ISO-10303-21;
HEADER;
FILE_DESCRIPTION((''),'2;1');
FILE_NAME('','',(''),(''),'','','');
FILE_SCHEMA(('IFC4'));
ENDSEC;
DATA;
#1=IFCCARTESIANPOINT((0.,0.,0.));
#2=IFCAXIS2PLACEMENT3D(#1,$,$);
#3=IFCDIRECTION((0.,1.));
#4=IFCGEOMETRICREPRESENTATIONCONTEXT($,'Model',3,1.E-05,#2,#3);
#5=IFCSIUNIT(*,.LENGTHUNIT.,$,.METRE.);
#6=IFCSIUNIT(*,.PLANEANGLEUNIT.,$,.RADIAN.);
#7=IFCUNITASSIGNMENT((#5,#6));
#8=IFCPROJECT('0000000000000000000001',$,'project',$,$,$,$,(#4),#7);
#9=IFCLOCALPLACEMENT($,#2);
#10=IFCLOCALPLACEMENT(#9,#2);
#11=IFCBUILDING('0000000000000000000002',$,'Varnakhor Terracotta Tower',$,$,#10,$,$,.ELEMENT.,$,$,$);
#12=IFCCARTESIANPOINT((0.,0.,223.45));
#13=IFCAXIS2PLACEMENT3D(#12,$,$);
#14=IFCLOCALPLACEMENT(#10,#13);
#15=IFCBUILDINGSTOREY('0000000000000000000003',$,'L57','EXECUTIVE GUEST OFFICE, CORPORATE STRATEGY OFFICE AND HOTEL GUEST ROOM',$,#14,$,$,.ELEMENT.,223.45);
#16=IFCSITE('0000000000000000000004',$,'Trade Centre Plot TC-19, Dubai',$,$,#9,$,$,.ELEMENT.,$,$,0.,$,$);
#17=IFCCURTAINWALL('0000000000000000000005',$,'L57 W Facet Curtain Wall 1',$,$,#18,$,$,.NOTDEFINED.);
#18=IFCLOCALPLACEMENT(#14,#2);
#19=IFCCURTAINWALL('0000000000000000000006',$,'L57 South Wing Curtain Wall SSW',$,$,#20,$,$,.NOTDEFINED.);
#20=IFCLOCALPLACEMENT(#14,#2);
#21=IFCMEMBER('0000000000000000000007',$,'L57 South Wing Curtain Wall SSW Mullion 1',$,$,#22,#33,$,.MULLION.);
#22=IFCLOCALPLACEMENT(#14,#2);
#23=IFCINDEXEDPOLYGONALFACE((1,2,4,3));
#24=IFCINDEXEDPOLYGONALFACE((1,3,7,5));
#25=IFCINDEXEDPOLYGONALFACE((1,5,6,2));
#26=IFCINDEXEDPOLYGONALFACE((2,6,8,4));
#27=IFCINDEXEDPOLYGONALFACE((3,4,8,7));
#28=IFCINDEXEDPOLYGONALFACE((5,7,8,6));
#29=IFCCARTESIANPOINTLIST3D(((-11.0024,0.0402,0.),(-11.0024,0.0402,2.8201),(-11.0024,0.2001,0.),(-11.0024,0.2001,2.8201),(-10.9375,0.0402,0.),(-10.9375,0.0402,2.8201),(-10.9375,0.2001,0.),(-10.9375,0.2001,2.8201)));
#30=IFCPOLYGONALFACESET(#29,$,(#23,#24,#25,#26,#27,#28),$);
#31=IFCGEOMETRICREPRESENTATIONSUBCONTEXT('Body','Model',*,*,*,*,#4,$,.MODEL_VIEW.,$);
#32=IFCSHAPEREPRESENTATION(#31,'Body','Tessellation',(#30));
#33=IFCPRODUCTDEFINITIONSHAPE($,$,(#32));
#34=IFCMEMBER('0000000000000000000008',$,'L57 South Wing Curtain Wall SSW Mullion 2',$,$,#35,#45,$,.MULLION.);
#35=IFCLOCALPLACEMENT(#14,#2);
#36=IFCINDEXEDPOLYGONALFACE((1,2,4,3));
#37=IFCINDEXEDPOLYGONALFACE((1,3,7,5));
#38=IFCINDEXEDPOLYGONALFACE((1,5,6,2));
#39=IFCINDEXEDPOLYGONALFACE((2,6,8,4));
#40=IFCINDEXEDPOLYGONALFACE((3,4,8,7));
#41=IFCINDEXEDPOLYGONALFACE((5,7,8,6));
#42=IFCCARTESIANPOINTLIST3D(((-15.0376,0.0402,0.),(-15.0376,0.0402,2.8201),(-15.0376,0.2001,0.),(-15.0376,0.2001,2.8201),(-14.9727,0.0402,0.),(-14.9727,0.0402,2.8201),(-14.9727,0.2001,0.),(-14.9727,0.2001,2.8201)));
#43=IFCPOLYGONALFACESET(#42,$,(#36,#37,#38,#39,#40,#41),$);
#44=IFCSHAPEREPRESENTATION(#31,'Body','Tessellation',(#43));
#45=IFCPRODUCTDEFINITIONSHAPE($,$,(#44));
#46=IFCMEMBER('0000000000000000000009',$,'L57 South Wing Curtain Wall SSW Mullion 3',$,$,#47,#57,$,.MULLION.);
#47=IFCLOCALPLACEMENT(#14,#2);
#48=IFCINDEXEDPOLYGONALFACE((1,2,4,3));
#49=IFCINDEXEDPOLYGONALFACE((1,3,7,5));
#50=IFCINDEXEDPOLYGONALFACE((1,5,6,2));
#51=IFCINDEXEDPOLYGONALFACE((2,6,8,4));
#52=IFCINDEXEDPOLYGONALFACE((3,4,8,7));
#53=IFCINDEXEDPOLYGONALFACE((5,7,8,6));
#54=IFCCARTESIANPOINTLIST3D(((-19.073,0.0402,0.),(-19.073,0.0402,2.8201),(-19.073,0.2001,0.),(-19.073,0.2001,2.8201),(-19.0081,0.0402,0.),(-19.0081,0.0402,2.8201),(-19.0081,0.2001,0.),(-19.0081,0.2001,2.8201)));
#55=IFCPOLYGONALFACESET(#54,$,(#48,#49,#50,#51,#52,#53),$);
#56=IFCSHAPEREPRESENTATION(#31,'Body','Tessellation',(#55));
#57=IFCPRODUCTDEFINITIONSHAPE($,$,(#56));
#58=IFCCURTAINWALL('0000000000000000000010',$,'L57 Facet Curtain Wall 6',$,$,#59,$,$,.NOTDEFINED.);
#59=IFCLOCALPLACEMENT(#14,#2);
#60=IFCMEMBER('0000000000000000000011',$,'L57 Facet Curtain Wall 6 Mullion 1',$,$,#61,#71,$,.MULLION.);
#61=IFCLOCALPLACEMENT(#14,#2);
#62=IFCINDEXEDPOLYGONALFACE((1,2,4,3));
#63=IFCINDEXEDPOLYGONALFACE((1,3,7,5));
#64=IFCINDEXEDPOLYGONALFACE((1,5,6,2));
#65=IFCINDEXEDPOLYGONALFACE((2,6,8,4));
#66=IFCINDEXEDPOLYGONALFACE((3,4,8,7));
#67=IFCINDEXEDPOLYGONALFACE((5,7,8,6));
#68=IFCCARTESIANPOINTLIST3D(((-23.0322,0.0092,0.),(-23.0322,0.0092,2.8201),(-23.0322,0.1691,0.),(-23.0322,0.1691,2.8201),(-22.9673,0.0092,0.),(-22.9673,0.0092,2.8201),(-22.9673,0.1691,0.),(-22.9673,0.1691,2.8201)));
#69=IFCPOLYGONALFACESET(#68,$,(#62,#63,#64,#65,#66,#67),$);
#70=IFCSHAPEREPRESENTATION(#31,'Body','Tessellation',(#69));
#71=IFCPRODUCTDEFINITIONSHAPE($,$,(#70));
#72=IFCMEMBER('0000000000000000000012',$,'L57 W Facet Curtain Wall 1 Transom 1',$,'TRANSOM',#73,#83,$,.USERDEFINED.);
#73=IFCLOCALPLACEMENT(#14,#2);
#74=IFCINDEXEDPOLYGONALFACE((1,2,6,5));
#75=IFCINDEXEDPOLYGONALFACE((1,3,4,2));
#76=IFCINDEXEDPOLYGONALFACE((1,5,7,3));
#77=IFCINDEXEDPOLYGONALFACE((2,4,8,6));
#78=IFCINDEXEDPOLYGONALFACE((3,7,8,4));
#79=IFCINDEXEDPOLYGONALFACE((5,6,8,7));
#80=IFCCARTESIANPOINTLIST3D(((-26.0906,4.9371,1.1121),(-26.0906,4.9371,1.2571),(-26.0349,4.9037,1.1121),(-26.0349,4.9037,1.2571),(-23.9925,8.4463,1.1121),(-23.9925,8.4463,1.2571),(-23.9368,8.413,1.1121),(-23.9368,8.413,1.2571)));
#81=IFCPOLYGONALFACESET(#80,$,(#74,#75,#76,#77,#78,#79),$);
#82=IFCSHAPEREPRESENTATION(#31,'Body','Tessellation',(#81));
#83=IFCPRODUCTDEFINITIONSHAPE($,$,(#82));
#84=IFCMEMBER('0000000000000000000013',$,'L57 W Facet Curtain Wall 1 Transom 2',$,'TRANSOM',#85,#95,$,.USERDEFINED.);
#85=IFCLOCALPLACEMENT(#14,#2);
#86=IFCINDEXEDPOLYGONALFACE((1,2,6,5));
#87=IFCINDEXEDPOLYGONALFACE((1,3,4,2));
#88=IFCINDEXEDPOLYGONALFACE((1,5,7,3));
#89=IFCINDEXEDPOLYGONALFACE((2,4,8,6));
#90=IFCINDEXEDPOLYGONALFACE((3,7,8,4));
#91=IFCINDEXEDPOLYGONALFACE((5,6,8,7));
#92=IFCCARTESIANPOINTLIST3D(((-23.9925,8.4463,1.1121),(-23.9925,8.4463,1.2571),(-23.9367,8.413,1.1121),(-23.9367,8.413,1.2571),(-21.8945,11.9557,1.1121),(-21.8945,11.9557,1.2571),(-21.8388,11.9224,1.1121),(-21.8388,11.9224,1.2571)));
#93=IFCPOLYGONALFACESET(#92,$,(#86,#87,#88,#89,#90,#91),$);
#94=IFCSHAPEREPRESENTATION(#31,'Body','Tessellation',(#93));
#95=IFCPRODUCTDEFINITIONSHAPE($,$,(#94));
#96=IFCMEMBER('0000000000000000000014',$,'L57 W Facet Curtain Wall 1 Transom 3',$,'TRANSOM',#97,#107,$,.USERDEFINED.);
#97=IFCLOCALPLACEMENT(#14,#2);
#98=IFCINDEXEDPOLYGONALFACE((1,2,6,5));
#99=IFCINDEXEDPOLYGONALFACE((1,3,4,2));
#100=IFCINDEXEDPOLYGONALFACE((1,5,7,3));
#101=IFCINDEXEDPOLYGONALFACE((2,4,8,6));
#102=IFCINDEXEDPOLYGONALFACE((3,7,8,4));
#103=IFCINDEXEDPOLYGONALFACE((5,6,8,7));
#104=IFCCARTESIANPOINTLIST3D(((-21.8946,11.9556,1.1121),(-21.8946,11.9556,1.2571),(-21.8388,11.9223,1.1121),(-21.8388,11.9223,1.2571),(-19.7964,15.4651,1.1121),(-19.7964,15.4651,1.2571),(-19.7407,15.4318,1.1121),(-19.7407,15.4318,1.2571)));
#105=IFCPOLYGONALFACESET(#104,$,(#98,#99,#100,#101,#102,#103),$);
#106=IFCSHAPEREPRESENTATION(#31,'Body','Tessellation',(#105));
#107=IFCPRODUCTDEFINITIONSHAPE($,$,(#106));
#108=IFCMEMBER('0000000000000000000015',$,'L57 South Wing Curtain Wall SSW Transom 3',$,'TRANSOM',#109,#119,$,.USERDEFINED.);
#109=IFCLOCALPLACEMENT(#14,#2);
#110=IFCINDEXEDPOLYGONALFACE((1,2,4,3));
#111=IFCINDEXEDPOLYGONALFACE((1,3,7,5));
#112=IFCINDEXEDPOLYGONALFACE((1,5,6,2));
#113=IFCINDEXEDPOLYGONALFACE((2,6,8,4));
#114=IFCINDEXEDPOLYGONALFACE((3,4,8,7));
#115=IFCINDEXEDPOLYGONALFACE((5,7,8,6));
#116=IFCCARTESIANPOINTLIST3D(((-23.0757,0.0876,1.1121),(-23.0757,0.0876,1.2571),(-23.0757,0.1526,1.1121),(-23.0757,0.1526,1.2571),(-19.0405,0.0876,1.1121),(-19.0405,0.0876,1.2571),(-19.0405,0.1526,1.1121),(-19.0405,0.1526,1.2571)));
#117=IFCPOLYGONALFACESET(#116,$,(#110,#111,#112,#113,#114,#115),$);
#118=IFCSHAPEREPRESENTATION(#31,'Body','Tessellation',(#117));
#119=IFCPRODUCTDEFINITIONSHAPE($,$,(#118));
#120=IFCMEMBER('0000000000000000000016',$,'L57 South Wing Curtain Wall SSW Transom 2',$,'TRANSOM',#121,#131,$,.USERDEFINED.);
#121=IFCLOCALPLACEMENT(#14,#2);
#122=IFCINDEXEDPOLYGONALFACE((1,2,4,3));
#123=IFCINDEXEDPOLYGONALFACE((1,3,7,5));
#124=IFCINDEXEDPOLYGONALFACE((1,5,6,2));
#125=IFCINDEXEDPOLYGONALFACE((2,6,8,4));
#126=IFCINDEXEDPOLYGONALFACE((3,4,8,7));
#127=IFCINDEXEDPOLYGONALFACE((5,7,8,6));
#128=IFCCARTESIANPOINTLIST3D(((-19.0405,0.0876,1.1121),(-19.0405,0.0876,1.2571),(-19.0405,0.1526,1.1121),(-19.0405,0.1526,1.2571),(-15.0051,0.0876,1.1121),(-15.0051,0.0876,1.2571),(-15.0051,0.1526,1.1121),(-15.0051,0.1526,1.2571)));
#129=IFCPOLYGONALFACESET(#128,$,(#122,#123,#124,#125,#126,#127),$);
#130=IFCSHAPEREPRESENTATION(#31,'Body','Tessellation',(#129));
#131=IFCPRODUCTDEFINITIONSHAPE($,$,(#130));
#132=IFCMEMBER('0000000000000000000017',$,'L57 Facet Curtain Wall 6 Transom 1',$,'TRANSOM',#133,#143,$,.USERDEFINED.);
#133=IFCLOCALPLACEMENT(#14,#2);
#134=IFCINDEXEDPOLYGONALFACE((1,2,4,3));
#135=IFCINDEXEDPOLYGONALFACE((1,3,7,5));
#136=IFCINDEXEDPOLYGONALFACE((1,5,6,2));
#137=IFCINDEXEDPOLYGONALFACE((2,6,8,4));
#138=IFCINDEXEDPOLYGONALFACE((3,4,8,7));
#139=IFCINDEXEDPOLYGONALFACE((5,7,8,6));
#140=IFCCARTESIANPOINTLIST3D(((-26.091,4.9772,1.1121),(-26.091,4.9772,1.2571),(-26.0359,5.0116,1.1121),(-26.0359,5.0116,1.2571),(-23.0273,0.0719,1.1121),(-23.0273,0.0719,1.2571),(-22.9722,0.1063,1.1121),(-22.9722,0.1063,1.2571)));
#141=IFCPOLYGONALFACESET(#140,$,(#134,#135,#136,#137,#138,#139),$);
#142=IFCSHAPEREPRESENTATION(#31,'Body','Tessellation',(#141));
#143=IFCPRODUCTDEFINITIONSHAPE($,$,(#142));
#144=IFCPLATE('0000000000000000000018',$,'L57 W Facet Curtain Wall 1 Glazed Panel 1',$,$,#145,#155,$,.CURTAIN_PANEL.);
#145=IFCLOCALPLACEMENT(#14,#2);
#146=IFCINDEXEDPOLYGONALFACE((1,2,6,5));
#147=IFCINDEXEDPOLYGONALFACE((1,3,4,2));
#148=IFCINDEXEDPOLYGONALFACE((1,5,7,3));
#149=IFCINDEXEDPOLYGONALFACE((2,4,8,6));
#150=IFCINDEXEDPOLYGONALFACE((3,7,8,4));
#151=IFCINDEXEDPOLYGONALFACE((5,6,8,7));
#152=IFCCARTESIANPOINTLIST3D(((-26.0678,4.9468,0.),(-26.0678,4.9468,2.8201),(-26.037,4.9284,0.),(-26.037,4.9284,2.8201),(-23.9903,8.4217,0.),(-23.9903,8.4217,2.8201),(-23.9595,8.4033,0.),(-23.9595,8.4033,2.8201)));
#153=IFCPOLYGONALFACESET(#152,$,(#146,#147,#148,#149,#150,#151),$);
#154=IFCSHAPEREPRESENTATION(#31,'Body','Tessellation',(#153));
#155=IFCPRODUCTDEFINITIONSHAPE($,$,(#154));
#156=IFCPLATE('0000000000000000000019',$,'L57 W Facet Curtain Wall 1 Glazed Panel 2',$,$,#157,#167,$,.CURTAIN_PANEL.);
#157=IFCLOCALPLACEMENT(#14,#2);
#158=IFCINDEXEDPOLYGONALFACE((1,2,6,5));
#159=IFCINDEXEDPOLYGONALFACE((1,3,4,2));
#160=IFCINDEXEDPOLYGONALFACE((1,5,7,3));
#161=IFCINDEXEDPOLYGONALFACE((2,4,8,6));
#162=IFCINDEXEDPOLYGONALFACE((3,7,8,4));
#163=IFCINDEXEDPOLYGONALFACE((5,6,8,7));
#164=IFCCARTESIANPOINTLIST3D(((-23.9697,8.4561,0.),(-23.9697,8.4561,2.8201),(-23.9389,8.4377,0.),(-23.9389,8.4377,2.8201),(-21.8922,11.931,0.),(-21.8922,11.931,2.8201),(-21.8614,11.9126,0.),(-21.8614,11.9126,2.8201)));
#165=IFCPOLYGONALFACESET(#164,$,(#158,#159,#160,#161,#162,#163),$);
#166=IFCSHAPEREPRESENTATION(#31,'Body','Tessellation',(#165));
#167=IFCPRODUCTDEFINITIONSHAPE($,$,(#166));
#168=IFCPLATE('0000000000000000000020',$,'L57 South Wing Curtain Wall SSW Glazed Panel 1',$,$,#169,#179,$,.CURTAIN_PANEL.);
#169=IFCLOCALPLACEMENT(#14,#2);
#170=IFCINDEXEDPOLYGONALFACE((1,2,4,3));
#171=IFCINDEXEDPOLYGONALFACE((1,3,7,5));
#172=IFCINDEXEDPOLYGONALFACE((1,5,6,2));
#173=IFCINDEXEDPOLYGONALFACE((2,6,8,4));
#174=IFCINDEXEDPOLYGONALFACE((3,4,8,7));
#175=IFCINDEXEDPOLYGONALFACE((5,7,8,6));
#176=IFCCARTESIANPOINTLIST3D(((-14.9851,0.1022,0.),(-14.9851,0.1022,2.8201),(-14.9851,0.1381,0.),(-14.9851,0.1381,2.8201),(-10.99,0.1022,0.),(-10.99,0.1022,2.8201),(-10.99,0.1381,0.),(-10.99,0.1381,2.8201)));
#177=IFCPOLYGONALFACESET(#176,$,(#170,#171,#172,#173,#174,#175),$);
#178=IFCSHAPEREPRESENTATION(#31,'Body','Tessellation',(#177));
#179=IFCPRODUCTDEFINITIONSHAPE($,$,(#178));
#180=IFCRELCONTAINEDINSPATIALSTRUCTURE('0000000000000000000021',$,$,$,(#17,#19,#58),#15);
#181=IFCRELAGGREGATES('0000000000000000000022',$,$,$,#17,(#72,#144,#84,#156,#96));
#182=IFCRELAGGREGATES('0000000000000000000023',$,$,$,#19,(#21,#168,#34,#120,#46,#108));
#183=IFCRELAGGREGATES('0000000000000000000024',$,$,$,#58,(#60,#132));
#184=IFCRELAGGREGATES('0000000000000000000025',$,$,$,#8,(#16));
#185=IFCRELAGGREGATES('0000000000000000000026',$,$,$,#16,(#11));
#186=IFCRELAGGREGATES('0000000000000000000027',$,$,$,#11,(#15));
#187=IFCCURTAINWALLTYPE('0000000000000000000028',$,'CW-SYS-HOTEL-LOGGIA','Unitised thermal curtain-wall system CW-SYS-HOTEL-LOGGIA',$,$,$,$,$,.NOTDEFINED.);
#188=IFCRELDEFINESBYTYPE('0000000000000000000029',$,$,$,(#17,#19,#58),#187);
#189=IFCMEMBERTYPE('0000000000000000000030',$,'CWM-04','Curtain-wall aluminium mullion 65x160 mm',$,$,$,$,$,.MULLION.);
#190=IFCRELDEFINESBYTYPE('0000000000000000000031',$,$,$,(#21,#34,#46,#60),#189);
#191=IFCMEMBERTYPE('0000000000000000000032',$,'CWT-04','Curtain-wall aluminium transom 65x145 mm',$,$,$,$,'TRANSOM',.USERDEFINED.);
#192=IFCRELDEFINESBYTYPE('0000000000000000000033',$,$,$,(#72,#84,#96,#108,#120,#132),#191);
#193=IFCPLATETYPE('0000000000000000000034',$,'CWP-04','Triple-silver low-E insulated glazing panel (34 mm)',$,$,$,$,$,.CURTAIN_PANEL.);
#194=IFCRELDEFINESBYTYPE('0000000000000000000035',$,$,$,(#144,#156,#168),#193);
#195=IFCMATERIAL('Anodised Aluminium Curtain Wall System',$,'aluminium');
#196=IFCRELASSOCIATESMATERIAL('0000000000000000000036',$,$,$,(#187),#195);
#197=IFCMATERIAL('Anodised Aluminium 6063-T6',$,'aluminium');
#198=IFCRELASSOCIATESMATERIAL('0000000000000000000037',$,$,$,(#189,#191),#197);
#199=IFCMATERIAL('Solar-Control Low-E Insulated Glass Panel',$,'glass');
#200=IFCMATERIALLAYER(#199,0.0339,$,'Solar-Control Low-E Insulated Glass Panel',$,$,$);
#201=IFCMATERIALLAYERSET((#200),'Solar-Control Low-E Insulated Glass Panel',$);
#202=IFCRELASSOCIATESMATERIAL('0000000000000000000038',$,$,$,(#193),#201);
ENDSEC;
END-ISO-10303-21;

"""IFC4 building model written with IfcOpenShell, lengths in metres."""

from ifc_helpers import new_model, si_unit, direction, frame, origin, origin_2d, place, context, subcontext, project, spatial, rectangle, extrude, source, transform, mapped, material, layer, layer_set, material_profile, profile_set, type_object, type_shapes, element, aggregate, save


model = new_model("IFC4")

# Units and contexts
model_context = context("Model", 3, precision=1e-05, world=origin(), true_north=direction((0.0, 1.0)))
body_context = subcontext(model_context, "Body", "Model", "MODEL_VIEW")
ifc_project = project(units=[si_unit("LENGTHUNIT", "METRE"), si_unit("PLANEANGLEUNIT", "RADIAN")], contexts=[model_context])

# Site, building, storey
site_placement = place(None, origin())
site = spatial("IfcSite", under=ifc_project, at=site_placement, Name="Trade Centre Plot TC-19, Dubai", CompositionType="ELEMENT", RefElevation=0.0)
building_placement = place(site_placement, origin())
building = spatial("IfcBuilding", under=site, at=building_placement, Name="Varnakhor Terracotta Tower", CompositionType="ELEMENT")
storey_placement = place(building_placement, frame((0.0, 0.0, 223.45)))
storey = spatial("IfcBuildingStorey", under=building, at=storey_placement, Name="L57", Description="EXECUTIVE GUEST OFFICE, CORPORATE STRATEGY OFFICE AND HOTEL GUEST ROOM", CompositionType="ELEMENT", Elevation=223.45)

# Curtain walls, members
ifc_material_1 = material(Name="Anodised Aluminium Curtain Wall System", Category="aluminium")
curtain_wall_type = type_object("IfcCurtainWallType", Name="CW-SYS-HOTEL-LOGGIA", Description="Unitised thermal curtain-wall system CW-SYS-HOTEL-LOGGIA", PredefinedType="NOTDEFINED", material=ifc_material_1)
curtain_wall_1_placement = place(storey_placement, origin())
curtain_wall_1 = element("IfcCurtainWall", 1, at=curtain_wall_1_placement, inside=storey, type_object=curtain_wall_type, Name="L57 W Facet Curtain Wall 1", PredefinedType="NOTDEFINED")
ifc_material_2 = material(Name="Anodised Aluminium 6063-T6", Category="aluminium")
ifc_material_profile_1 = material_profile(ifc_material_2, rectangle(XDim=0.0649, YDim=0.1599, at=origin_2d()), Name="ALU MULLION 65x160")
ifc_profile_set_1 = profile_set([ifc_material_profile_1], Name="Anodised Aluminium 6063-T6")
member_type_1 = type_object("IfcMemberType", Name="CWM-04", Description="Curtain-wall aluminium mullion 65x160 mm", PredefinedType="MULLION", material=ifc_profile_set_1)
shared_shape_1 = source(origin(), body_context, "Body", "SweptSolid", [
    extrude(rectangle(XDim=0.0649, YDim=0.1599, at=origin_2d()), origin(), (0.0, 0.0, 1.0), 2.8201),
])
type_shapes(member_type_1, [shared_shape_1])
curtain_wall_2_placement = place(storey_placement, origin())
curtain_wall_2 = element("IfcCurtainWall", 2, at=curtain_wall_2_placement, inside=storey, type_object=curtain_wall_type, Name="L57 South Wing Curtain Wall SSW", PredefinedType="NOTDEFINED")
member_1_placement = place(storey_placement, frame((-10.97, 0.1201, 0.0), z_axis=(0.0, 0.0, 1.0), x_axis=(1.0, 0.0, 0.0)))
member_1 = element("IfcMember", 3, at=member_1_placement, type_object=member_type_1, Name="L57 South Wing Curtain Wall SSW Mullion 1", PredefinedType="MULLION", context=body_context, shape_type="MappedRepresentation", body=[
    mapped(shared_shape_1, transform((0.0, 0.0, 0.0), scale=1.0)),
])
member_2_placement = place(storey_placement, frame((-15.0051, 0.1201, 0.0), z_axis=(0.0, 0.0, 1.0), x_axis=(1.0, 0.0, 0.0)))
member_2 = element("IfcMember", 4, at=member_2_placement, type_object=member_type_1, Name="L57 South Wing Curtain Wall SSW Mullion 2", PredefinedType="MULLION", context=body_context, shape_type="MappedRepresentation", body=[
    mapped(shared_shape_1, transform((0.0, 0.0, 0.0), scale=1.0)),
])
member_3_placement = place(storey_placement, frame((-19.0405, 0.1201, 0.0), z_axis=(0.0, 0.0, 1.0), x_axis=(1.0, 0.0, 0.0)))
member_3 = element("IfcMember", 5, at=member_3_placement, type_object=member_type_1, Name="L57 South Wing Curtain Wall SSW Mullion 3", PredefinedType="MULLION", context=body_context, shape_type="MappedRepresentation", body=[
    mapped(shared_shape_1, transform((0.0, 0.0, 0.0), scale=1.0)),
])

# Curtain wall, member
curtain_wall_3_placement = place(storey_placement, origin())
curtain_wall_3 = element("IfcCurtainWall", 6, at=curtain_wall_3_placement, inside=storey, type_object=curtain_wall_type, Name="L57 Facet Curtain Wall 6", PredefinedType="NOTDEFINED")
member_4_placement = place(storey_placement, frame((-22.9998, 0.0891, 0.0), z_axis=(0.0, 0.0, 1.0), x_axis=(1.0, 0.0, 0.0)))
member_4 = element("IfcMember", 7, at=member_4_placement, type_object=member_type_1, Name="L57 Facet Curtain Wall 6 Mullion 1", PredefinedType="MULLION", context=body_context, shape_type="MappedRepresentation", body=[
    mapped(shared_shape_1, transform((0.0, 0.0, 0.0), scale=1.0)),
])

# Members
ifc_material_profile_2 = material_profile(ifc_material_2, rectangle(XDim=0.0649, YDim=0.145, at=origin_2d()), Name="ALU TRANSOM 65x145")
ifc_profile_set_2 = profile_set([ifc_material_profile_2], Name="Anodised Aluminium 6063-T6")
member_type_2 = type_object("IfcMemberType", Name="CWT-04", Description="Curtain-wall aluminium transom 65x145 mm", ElementType="TRANSOM", PredefinedType="USERDEFINED", material=ifc_profile_set_2)
shared_shape_2 = source(origin(), body_context, "Body", "SweptSolid", [
    extrude(rectangle(XDim=0.0649, YDim=0.145, at=origin_2d()), origin(), (0.0, 0.0, 1.0), 4.0886),
])
member_5_placement = place(storey_placement, frame((-26.0627, 4.9204, 1.1846), z_axis=(0.51316, 0.858293, 0.0), x_axis=(-0.858293, 0.51316, 0.0)))
member_5 = element("IfcMember", 8, at=member_5_placement, type_object=member_type_2, Name="L57 W Facet Curtain Wall 1 Transom 1", ObjectType="TRANSOM", PredefinedType="USERDEFINED", context=body_context, shape_type="MappedRepresentation", body=[
    mapped(shared_shape_2, transform((0.0, 0.0, 0.0), scale=1.0)),
])
member_6_placement = place(storey_placement, frame((-23.9646, 8.4297, 1.1846), z_axis=(0.513116, 0.858319, 0.0), x_axis=(-0.858319, 0.513116, 0.0)))
member_6 = element("IfcMember", 9, at=member_6_placement, type_object=member_type_2, Name="L57 W Facet Curtain Wall 1 Transom 2", ObjectType="TRANSOM", PredefinedType="USERDEFINED", context=body_context, shape_type="MappedRepresentation", body=[
    mapped(shared_shape_2, transform((0.0, 0.0, 0.0), scale=1.0)),
])
shared_shape_3 = source(origin(), body_context, "Body", "SweptSolid", [
    extrude(rectangle(XDim=0.0649, YDim=0.145, at=origin_2d()), origin(), (0.0, 0.0, 1.0), 4.0889),
])
member_7_placement = place(storey_placement, frame((-21.8667, 11.939, 1.1846), z_axis=(0.513134, 0.858308, 0.0), x_axis=(-0.858308, 0.513134, 0.0)))
member_7 = element("IfcMember", 10, at=member_7_placement, type_object=member_type_2, Name="L57 W Facet Curtain Wall 1 Transom 3", ObjectType="TRANSOM", PredefinedType="USERDEFINED", context=body_context, shape_type="MappedRepresentation", body=[
    mapped(shared_shape_3, transform((0.0, 0.0, 0.0), scale=1.0)),
])
shared_shape_4 = source(origin(), body_context, "Body", "SweptSolid", [
    extrude(rectangle(XDim=0.0649, YDim=0.145, at=origin_2d()), origin(), (0.0, 0.0, 1.0), 4.0352),
])
member_8_placement = place(storey_placement, frame((-19.0405, 0.1201, 1.1846), z_axis=(-1.0, 0.0, 0.0), x_axis=(0.0, -1.0, 0.0)))
member_8 = element("IfcMember", 11, at=member_8_placement, type_object=member_type_2, Name="L57 South Wing Curtain Wall SSW Transom 3", ObjectType="TRANSOM", PredefinedType="USERDEFINED", context=body_context, shape_type="MappedRepresentation", body=[
    mapped(shared_shape_4, transform((0.0, 0.0, 0.0), scale=1.0)),
])
shared_shape_5 = source(origin(), body_context, "Body", "SweptSolid", [
    extrude(rectangle(XDim=0.0649, YDim=0.145, at=origin_2d()), origin(), (0.0, 0.0, 1.0), 4.0354),
])
member_9_placement = place(storey_placement, frame((-15.0051, 0.1201, 1.1846), z_axis=(-1.0, 0.0, 0.0), x_axis=(0.0, -1.0, 0.0)))
member_9 = element("IfcMember", 12, at=member_9_placement, type_object=member_type_2, Name="L57 South Wing Curtain Wall SSW Transom 2", ObjectType="TRANSOM", PredefinedType="USERDEFINED", context=body_context, shape_type="MappedRepresentation", body=[
    mapped(shared_shape_5, transform((0.0, 0.0, 0.0), scale=1.0)),
])
shared_shape_6 = source(origin(), body_context, "Body", "SweptSolid", [
    extrude(rectangle(XDim=0.0649, YDim=0.145, at=origin_2d()), origin(), (0.0, 0.0, 1.0), 5.7834),
])
member_10_placement = place(storey_placement, frame((-22.9998, 0.0891, 1.1846), z_axis=(-0.529741, 0.84816, 0.0), x_axis=(-0.84816, -0.529741, 0.0)))
member_10 = element("IfcMember", 13, at=member_10_placement, type_object=member_type_2, Name="L57 Facet Curtain Wall 6 Transom 1", ObjectType="TRANSOM", PredefinedType="USERDEFINED", context=body_context, shape_type="MappedRepresentation", body=[
    mapped(shared_shape_6, transform((0.0, 0.0, 0.0), scale=1.0)),
])

# Plates
ifc_material_3 = material(Name="Solar-Control Low-E Insulated Glass Panel", Category="glass")
ifc_layer_1 = layer(ifc_material_3, 0.0339, Name="Solar-Control Low-E Insulated Glass Panel")
ifc_layer_set_1 = layer_set([ifc_layer_1], Name="Solar-Control Low-E Insulated Glass Panel")
plate_type = type_object("IfcPlateType", Name="CWP-04", Description="Triple-silver low-E insulated glazing panel (34 mm)", PredefinedType="CURTAIN_PANEL", material=ifc_layer_set_1)
shared_shape_7 = source(origin(), body_context, "Body", "SweptSolid", [
    extrude(rectangle(XDim=4.0486, YDim=0.0359, at=origin_2d()), origin(), (0.0, 0.0, 1.0), 2.8201),
])
plate_1_placement = place(storey_placement, frame((-25.0137, 6.675, 0.0), z_axis=(0.0, 0.0, 1.0), x_axis=(0.513137, 0.858307, 0.0)))
plate_1 = element("IfcPlate", 14, at=plate_1_placement, type_object=plate_type, Name="L57 W Facet Curtain Wall 1 Glazed Panel 1", PredefinedType="CURTAIN_PANEL", context=body_context, shape_type="MappedRepresentation", body=[
    mapped(shared_shape_7, transform((0.0, 0.0, 0.0), scale=1.0)),
])
plate_2_placement = place(storey_placement, frame((-22.9155, 10.1843, 0.0), z_axis=(0.0, 0.0, 1.0), x_axis=(0.513137, 0.858307, 0.0)))
plate_2 = element("IfcPlate", 15, at=plate_2_placement, type_object=plate_type, Name="L57 W Facet Curtain Wall 1 Glazed Panel 2", PredefinedType="CURTAIN_PANEL", context=body_context, shape_type="MappedRepresentation", body=[
    mapped(shared_shape_7, transform((0.0, 0.0, 0.0), scale=1.0)),
])
aggregate(curtain_wall_1, [member_5, plate_1, member_6, plate_2, member_7])
shared_shape_8 = source(origin(), body_context, "Body", "SweptSolid", [
    extrude(rectangle(XDim=3.9951, YDim=0.0359, at=origin_2d()), origin(), (0.0, 0.0, 1.0), 2.8201),
])
plate_3_placement = place(storey_placement, frame((-12.9875, 0.1201, 0.0), z_axis=(0.0, 0.0, 1.0), x_axis=(-1.0, 0.0, 0.0)))
plate_3 = element("IfcPlate", 16, at=plate_3_placement, type_object=plate_type, Name="L57 South Wing Curtain Wall SSW Glazed Panel 1", PredefinedType="CURTAIN_PANEL", context=body_context, shape_type="MappedRepresentation", body=[
    mapped(shared_shape_8, transform((0.0, 0.0, 0.0), scale=1.0)),
])
aggregate(curtain_wall_2, [member_1, plate_3, member_2, member_9, member_3, member_8])
aggregate(curtain_wall_3, [member_4, member_10])

save(model, "model.ifc")
